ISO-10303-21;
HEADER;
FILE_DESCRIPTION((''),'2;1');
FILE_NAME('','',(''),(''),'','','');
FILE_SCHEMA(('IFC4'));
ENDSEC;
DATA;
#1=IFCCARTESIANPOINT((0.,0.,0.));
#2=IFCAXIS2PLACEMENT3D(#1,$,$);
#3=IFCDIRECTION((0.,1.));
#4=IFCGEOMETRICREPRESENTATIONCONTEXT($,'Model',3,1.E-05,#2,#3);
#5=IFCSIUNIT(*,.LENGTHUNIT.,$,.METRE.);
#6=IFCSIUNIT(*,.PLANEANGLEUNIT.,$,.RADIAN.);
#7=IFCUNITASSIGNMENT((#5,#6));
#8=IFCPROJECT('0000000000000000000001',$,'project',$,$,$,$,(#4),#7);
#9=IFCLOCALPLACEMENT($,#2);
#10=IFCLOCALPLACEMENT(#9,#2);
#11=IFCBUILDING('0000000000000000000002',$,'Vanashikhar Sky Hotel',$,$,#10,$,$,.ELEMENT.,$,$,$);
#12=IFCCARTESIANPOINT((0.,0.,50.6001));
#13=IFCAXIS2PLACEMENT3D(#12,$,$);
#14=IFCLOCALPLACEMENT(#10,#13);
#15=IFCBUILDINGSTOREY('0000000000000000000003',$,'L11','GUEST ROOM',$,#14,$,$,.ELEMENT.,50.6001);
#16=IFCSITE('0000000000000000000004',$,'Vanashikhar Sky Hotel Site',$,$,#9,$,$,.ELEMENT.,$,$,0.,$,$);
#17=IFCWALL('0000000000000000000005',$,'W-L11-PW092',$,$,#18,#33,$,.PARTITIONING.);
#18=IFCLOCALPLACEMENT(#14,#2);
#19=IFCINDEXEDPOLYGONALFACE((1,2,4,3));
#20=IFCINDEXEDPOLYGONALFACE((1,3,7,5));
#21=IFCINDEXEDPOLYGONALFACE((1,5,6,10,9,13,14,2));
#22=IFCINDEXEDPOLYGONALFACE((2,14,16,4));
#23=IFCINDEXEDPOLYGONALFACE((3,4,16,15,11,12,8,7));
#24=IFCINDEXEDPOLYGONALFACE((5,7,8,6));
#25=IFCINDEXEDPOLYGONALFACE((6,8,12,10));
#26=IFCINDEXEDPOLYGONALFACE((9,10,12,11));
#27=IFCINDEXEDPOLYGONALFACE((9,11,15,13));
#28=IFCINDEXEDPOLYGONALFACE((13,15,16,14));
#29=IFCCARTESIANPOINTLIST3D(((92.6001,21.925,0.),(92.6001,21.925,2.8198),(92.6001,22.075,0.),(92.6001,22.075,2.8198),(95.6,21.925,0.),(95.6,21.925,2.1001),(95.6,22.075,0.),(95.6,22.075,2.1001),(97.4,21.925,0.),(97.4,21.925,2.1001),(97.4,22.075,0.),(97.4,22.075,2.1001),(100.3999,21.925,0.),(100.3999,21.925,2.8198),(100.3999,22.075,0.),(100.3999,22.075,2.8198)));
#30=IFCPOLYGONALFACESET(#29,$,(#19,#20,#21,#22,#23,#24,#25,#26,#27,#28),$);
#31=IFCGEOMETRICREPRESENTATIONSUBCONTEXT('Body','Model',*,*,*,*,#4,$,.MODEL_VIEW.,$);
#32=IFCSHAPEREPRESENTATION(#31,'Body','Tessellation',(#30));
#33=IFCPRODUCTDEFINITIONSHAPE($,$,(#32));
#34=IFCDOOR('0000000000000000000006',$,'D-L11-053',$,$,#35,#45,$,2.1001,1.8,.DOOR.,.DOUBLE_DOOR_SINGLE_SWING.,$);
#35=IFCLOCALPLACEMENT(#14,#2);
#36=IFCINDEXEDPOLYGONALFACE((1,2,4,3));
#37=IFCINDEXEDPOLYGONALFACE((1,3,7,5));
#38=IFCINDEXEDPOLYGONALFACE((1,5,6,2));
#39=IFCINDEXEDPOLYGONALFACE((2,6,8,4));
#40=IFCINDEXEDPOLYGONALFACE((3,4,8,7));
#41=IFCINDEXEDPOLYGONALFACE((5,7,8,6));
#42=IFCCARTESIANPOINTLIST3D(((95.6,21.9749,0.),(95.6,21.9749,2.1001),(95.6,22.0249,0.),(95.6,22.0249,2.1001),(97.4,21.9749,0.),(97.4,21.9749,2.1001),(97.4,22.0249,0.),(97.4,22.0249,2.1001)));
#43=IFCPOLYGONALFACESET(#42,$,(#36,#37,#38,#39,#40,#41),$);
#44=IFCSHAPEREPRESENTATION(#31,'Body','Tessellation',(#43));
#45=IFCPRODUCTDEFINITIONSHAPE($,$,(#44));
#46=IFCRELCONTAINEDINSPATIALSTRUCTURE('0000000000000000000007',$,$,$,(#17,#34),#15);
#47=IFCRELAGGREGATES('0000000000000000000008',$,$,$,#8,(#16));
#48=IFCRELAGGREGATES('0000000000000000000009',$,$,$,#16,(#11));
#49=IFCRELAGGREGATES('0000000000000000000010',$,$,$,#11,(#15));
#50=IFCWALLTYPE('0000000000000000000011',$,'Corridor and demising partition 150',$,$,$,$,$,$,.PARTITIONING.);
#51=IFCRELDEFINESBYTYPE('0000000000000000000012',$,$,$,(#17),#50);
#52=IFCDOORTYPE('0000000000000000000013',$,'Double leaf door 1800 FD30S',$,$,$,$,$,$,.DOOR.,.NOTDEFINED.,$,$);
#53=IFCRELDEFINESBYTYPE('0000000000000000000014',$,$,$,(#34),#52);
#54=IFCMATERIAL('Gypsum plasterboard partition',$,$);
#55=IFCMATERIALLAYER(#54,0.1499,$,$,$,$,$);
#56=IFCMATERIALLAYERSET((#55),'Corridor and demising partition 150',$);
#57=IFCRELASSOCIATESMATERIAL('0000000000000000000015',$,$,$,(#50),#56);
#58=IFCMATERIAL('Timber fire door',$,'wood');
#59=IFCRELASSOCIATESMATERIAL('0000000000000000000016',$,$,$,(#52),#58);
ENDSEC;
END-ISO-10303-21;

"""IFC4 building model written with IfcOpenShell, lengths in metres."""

from ifc_helpers import new_model, si_unit, direction, frame, frame_2d, origin, place, context, subcontext, project, spatial, rectangle, extrude, source, transform, mapped, material, layer, layer_set, type_object, element, fill, save


model = new_model("IFC4")

# Units and contexts
model_context = context("Model", 3, precision=1e-05, world=origin(), true_north=direction((0.0, 1.0)))
body_context = subcontext(model_context, "Body", "Model", "MODEL_VIEW")
ifc_project = project(units=[si_unit("LENGTHUNIT", "METRE"), si_unit("PLANEANGLEUNIT", "RADIAN")], contexts=[model_context])

# Site, building, storey
site_placement = place(None, origin())
site = spatial("IfcSite", under=ifc_project, at=site_placement, Name="Vanashikhar Sky Hotel Site", CompositionType="ELEMENT", RefElevation=0.0)
building_placement = place(site_placement, origin())
building = spatial("IfcBuilding", under=site, at=building_placement, Name="Vanashikhar Sky Hotel", CompositionType="ELEMENT")
storey_placement = place(building_placement, frame((0.0, 0.0, 50.6001)))
storey = spatial("IfcBuildingStorey", under=building, at=storey_placement, Name="L11", Description="GUEST ROOM", CompositionType="ELEMENT", Elevation=50.6001)

# Shared definitions
ifc_material_1 = material(Name="Gypsum plasterboard partition")
ifc_layer_1 = layer(ifc_material_1, 0.1499)
ifc_layer_set_1 = layer_set([ifc_layer_1], Name="Corridor and demising partition 150")
wall_type_1 = type_object("IfcWallType", Name="Corridor and demising partition 150", PredefinedType="PARTITIONING", material=ifc_layer_set_1)
ifc_material_2 = material(Name="Timber fire door", Category="wood")

# Wall, opening, door
shared_shape_1 = source(origin(), body_context, "Body", "SweptSolid", [
    extrude(rectangle(XDim=7.7998, YDim=0.1499, at=frame_2d((3.8999, 0.0))), origin(), (0.0, 0.0, 1.0), 2.8198),
])
wall_1_placement = place(storey_placement, frame((92.6001, 22.0, 0.0), z_axis=(0.0, 0.0, 1.0), x_axis=(1.0, 0.0, 0.0)))
wall_1 = element("IfcWall", 1, at=wall_1_placement, inside=storey, type_object=wall_type_1, Name="W-L11-PW092", PredefinedType="PARTITIONING", context=body_context, shape_type="MappedRepresentation", body=[
    mapped(shared_shape_1, transform((0.0, 0.0, 0.0), scale=1.0)),
])
shared_shape_2 = source(origin(), body_context, "Body", "SweptSolid", [
    extrude(rectangle(XDim=1.8, YDim=2.1001, at=frame_2d((0.8999, 1.05))), frame((0.0, 0.085, 0.0), z_axis=(0.0, -1.0, 0.0), x_axis=(1.0, 0.0, 0.0)), (0.0, 0.0, 1.0), 0.1699),
])
opening_1_placement = place(wall_1_placement, frame((3.0, 0.0, 0.0)))
opening_1 = element("IfcOpeningElement", 2, at=opening_1_placement, cuts=wall_1, PredefinedType="OPENING", context=body_context, shape_type="MappedRepresentation", body=[
    mapped(shared_shape_2, transform((0.0, 0.0, 0.0), scale=1.0)),
])
door_type_1 = type_object("IfcDoorType", Name="Double leaf door 1800 FD30S", OperationType="NOTDEFINED", PredefinedType="DOOR", material=ifc_material_2)
shared_shape_3 = source(origin(), body_context, "Body", "SweptSolid", [
    extrude(rectangle(XDim=1.8, YDim=2.1001, at=frame_2d((0.8999, 1.05))), frame((0.0, 0.0249, 0.0), z_axis=(0.0, -1.0, 0.0), x_axis=(1.0, 0.0, 0.0)), (0.0, 0.0, 1.0), 0.05),
])
door_1_placement = place(opening_1_placement, origin())
door_1 = element("IfcDoor", 3, at=door_1_placement, inside=storey, type_object=door_type_1, Name="D-L11-053", OperationType="DOUBLE_DOOR_SINGLE_SWING", OverallHeight=2.1001, OverallWidth=1.8, PredefinedType="DOOR", context=body_context, shape_type="MappedRepresentation", body=[
    mapped(shared_shape_3, transform((0.0, 0.0, 0.0), scale=1.0)),
])
fill(opening_1, door_1)

save(model, "model.ifc")
